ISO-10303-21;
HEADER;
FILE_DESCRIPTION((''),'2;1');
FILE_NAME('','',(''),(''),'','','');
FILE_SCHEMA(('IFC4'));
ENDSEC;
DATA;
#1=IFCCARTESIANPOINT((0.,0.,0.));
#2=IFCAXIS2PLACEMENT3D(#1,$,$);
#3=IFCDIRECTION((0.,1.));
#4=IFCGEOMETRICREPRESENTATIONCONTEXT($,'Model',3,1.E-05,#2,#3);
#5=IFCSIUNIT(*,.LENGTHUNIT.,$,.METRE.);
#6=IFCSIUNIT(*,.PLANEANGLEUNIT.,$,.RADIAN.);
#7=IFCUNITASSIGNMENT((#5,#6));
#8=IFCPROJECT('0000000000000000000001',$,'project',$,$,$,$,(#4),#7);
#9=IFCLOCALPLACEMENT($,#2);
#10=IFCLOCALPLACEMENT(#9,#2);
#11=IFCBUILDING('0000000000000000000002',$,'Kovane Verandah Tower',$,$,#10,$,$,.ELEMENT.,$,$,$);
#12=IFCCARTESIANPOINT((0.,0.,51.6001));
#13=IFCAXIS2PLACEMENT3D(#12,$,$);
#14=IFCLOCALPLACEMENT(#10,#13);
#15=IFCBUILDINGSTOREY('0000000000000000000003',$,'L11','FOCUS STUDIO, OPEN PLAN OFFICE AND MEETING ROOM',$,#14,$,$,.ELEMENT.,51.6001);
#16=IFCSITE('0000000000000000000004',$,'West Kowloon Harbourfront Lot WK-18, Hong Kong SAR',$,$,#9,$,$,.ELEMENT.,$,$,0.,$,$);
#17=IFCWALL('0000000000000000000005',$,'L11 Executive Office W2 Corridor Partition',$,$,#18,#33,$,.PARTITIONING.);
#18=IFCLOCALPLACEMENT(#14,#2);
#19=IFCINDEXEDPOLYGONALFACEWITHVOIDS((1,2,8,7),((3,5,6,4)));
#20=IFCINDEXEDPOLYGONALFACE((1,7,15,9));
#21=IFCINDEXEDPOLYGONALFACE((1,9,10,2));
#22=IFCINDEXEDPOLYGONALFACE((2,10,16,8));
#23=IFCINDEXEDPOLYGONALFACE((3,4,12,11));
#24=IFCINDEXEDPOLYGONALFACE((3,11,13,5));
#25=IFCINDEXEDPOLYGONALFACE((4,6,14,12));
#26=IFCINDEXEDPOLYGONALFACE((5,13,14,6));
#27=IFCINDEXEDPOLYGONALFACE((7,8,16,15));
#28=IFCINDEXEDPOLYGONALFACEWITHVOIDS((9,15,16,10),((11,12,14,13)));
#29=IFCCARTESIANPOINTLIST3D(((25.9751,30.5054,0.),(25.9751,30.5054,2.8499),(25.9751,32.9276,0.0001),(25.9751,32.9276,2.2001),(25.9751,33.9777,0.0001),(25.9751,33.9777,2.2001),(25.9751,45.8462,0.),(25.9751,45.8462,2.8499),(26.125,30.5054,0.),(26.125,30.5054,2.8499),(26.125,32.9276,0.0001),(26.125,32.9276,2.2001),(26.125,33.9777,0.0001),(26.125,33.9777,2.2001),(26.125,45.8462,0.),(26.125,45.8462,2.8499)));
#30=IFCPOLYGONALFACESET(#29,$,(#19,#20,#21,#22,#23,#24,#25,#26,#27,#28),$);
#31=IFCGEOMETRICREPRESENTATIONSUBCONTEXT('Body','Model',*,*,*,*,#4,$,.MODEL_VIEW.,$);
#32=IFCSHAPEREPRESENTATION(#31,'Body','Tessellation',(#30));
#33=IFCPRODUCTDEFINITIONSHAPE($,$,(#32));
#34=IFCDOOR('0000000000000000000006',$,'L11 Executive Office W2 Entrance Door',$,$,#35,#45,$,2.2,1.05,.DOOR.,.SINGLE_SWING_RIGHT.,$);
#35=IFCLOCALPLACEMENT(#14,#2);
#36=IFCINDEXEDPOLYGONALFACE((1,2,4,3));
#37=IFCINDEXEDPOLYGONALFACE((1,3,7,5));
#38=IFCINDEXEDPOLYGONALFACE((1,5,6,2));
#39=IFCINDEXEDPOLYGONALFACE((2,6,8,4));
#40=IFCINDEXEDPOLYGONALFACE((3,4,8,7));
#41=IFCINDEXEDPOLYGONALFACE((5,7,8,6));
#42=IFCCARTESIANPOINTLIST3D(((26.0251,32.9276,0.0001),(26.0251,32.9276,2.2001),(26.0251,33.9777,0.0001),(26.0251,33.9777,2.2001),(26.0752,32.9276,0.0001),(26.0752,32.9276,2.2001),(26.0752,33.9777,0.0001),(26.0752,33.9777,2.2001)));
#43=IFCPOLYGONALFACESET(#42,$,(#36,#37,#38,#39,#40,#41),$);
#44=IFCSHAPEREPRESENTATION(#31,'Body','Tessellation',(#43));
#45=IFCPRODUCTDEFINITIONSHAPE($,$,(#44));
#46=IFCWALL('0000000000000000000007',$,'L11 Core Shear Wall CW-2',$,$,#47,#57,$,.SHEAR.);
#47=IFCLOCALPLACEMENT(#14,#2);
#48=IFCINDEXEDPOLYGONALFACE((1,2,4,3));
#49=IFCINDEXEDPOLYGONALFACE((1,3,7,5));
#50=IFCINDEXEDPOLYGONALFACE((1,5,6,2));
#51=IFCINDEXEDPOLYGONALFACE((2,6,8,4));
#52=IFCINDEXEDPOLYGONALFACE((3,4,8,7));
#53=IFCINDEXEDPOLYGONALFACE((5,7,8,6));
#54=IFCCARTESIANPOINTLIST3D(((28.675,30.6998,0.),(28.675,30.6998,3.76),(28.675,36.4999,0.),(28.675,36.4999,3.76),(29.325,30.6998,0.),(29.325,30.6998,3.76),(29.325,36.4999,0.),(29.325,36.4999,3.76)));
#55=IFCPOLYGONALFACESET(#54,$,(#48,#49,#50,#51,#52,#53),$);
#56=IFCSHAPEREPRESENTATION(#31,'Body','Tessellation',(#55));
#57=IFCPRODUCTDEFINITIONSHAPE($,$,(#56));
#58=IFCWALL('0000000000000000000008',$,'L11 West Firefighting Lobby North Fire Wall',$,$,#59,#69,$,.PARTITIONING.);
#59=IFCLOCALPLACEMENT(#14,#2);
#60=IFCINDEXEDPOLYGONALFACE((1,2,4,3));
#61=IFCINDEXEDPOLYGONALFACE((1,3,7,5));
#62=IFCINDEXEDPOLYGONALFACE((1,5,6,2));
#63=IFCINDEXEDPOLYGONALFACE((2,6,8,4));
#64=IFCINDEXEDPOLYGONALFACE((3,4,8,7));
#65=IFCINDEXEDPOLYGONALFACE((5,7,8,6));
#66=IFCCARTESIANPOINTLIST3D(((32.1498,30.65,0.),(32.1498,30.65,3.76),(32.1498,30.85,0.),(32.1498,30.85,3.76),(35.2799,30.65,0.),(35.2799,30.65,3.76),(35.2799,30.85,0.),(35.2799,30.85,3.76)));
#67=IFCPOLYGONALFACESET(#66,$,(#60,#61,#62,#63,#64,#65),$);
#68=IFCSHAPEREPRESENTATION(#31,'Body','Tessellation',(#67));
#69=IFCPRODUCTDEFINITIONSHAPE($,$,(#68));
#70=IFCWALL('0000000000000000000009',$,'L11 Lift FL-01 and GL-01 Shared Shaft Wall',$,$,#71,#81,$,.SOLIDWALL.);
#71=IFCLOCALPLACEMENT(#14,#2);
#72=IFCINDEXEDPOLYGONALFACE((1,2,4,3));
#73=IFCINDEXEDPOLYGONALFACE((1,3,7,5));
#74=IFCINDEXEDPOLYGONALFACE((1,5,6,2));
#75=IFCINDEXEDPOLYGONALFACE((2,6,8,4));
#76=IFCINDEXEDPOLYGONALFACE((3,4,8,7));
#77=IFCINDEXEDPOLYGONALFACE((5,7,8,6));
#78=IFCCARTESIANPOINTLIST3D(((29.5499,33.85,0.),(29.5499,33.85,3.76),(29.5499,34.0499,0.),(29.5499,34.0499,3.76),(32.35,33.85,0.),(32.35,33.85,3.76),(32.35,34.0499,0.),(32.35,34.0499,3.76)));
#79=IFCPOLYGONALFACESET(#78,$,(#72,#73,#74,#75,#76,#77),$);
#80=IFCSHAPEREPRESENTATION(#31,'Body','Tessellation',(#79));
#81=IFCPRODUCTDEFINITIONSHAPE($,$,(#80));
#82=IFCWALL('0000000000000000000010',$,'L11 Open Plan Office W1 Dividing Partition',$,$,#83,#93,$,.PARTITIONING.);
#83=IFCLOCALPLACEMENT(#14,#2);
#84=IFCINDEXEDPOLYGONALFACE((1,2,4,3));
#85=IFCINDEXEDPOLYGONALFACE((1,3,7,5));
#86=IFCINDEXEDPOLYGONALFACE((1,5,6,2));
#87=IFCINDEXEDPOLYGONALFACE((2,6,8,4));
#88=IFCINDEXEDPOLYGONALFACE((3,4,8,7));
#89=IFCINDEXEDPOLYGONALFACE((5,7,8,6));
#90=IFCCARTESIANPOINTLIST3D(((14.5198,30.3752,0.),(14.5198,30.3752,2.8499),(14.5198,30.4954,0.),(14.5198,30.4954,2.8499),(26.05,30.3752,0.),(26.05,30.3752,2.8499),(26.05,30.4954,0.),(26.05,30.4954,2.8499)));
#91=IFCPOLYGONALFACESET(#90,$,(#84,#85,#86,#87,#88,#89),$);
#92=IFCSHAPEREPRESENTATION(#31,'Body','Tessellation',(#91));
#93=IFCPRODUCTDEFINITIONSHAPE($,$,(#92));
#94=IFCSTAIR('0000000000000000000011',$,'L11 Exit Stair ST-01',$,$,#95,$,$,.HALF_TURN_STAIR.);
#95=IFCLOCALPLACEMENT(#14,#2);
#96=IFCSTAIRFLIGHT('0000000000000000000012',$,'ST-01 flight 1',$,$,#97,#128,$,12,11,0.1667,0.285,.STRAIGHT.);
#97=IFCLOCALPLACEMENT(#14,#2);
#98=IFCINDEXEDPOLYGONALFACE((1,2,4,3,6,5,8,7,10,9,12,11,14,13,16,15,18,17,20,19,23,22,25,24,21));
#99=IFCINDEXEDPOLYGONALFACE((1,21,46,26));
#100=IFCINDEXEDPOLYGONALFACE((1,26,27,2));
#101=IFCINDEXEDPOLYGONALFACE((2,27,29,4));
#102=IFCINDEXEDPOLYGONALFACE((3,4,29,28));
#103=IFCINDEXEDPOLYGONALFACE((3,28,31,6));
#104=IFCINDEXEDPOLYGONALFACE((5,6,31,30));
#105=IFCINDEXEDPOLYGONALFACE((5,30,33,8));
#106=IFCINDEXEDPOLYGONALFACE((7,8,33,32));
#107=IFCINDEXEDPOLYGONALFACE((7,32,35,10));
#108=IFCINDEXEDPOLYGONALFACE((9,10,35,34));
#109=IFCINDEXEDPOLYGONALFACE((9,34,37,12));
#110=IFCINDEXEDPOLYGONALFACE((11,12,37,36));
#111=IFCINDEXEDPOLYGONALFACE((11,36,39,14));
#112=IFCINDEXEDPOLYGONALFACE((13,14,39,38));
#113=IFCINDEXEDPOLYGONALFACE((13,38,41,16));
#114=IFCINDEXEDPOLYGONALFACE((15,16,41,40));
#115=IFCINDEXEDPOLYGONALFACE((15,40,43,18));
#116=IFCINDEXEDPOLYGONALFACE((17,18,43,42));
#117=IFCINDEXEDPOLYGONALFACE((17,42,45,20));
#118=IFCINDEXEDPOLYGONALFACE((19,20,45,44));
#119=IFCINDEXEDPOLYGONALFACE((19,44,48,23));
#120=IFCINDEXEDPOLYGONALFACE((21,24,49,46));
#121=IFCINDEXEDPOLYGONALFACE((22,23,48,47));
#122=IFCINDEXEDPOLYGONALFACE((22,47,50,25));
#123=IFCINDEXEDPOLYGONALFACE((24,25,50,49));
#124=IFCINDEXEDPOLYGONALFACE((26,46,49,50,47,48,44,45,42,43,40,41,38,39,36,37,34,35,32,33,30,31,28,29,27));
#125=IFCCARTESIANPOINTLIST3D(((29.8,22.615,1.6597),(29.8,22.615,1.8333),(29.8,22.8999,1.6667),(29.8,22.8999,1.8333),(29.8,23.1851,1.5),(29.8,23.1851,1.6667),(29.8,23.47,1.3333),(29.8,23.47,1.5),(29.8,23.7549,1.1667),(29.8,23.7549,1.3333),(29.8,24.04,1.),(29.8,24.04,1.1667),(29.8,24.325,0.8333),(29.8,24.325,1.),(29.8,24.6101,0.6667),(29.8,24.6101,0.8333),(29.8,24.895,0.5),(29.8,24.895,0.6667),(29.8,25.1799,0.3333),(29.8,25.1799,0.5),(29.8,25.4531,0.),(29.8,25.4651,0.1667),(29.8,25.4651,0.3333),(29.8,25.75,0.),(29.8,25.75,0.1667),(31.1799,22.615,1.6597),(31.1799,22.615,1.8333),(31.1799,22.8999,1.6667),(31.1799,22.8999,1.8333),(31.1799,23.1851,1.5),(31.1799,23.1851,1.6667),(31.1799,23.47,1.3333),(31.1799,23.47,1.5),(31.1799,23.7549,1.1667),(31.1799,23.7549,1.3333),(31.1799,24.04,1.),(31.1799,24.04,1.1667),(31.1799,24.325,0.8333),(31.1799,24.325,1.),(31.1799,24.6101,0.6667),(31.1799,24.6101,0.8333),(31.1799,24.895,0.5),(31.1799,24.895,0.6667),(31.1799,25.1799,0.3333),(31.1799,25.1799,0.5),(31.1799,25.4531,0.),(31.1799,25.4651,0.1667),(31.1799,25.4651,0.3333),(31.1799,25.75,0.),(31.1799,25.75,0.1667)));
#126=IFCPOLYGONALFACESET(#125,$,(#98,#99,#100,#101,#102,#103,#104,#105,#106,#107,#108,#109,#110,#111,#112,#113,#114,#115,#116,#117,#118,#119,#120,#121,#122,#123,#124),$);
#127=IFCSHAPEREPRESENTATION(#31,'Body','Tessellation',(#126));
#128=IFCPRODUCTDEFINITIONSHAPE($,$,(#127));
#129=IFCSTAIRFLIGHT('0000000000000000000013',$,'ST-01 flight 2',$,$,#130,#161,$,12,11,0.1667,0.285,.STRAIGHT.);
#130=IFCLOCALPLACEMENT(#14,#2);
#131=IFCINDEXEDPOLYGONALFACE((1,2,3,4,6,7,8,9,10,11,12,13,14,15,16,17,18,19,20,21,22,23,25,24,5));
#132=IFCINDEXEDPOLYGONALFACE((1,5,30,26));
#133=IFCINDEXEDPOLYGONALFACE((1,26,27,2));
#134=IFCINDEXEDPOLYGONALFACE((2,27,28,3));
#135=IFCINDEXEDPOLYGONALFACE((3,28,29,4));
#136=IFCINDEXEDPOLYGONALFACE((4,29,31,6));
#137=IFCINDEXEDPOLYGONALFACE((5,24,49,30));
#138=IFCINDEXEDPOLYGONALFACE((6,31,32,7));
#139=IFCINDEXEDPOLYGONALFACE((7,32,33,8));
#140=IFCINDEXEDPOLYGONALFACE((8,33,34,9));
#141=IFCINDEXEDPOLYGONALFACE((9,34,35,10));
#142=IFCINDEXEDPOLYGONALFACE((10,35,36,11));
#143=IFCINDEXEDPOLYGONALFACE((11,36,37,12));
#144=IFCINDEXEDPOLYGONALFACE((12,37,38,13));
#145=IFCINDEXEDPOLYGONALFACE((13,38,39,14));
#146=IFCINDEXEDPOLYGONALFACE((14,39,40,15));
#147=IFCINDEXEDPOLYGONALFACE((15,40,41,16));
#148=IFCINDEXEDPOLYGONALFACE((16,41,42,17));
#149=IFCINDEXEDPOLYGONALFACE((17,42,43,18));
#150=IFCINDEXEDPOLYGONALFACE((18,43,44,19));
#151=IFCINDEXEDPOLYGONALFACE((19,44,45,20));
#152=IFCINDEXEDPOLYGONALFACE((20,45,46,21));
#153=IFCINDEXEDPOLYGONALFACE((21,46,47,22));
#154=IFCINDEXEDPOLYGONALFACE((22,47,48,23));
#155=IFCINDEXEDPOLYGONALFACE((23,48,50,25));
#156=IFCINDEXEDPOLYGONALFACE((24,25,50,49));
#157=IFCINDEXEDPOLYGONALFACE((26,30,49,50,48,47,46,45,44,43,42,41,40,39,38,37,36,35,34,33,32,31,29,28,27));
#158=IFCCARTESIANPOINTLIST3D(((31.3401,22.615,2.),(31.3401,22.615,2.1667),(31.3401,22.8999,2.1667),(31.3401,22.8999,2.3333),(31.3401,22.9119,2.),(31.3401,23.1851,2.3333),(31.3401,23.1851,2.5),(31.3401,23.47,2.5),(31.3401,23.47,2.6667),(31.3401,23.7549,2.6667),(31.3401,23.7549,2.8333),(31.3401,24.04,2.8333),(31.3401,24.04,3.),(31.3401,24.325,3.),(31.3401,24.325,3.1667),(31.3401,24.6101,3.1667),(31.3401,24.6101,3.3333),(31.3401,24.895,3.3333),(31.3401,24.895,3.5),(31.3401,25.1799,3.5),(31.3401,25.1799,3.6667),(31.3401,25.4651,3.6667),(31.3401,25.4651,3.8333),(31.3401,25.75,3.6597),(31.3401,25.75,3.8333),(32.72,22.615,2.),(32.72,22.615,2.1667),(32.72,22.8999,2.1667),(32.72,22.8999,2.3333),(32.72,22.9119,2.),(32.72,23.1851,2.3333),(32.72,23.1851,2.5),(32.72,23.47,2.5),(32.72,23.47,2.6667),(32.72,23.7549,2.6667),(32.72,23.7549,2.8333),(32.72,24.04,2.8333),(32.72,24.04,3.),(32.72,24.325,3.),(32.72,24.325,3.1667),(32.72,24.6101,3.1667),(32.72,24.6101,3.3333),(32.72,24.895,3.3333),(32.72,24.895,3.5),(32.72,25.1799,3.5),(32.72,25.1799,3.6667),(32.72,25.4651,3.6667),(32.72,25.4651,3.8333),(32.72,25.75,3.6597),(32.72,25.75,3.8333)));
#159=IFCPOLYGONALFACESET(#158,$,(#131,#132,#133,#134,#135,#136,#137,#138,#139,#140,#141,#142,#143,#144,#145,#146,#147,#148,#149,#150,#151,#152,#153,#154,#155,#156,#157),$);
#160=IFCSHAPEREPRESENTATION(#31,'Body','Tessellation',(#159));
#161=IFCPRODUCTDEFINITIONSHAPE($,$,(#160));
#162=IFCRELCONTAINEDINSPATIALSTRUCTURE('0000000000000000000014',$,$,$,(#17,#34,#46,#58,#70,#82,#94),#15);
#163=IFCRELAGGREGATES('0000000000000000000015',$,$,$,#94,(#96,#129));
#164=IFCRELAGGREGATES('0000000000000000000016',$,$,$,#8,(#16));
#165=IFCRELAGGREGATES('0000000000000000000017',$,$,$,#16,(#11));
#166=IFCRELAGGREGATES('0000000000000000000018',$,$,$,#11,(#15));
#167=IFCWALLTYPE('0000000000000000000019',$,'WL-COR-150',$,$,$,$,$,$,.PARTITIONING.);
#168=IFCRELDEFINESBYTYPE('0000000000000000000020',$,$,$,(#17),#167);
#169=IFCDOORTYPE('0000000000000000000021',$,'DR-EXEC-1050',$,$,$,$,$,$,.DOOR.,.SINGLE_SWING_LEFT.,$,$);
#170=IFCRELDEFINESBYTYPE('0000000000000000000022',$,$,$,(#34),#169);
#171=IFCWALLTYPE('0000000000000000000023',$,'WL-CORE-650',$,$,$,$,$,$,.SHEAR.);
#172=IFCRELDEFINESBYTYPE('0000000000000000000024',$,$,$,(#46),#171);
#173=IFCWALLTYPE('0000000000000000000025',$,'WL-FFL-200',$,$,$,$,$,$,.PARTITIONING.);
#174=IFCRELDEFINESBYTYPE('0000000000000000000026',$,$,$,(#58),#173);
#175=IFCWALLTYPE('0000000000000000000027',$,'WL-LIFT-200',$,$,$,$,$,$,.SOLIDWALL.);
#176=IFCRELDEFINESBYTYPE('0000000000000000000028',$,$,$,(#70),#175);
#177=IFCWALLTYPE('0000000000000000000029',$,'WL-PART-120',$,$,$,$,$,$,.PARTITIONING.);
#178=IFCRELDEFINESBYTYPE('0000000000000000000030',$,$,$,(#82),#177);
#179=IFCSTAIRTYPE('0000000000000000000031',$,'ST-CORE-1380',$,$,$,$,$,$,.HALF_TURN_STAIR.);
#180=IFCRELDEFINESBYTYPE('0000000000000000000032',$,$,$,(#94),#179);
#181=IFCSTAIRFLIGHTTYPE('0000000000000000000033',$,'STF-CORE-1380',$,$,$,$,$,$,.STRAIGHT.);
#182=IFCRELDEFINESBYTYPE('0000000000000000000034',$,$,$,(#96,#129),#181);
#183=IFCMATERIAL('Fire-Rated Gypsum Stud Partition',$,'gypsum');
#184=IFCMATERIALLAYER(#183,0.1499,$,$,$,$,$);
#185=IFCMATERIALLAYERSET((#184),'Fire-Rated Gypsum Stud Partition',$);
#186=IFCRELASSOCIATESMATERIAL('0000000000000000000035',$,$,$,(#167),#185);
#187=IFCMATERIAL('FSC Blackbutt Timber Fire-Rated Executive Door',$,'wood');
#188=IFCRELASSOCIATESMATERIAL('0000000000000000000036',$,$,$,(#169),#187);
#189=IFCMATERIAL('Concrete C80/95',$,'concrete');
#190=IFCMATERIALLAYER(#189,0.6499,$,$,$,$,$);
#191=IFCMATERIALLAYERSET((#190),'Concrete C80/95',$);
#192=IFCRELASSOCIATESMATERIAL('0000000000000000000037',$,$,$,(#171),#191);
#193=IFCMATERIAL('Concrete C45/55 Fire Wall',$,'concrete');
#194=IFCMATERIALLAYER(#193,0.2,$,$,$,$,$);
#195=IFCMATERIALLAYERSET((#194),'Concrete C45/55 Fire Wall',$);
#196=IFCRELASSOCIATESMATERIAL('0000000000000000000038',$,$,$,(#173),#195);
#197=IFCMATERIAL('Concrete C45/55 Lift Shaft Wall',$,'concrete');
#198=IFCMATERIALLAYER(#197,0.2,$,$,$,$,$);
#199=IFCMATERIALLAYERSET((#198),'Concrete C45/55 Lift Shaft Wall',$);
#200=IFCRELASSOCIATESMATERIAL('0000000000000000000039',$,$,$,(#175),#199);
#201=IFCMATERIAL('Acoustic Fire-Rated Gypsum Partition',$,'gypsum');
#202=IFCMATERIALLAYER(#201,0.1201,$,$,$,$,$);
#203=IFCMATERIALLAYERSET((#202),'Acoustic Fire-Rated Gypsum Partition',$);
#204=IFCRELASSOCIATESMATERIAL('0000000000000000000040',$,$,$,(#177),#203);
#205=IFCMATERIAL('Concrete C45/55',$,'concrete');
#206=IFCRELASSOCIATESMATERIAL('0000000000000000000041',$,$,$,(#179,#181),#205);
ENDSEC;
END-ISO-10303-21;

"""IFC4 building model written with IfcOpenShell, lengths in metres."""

from ifc_helpers import new_model, si_unit, direction, frame, frame_2d, origin, place, context, subcontext, project, spatial, polyline, rectangle, outline, extrude, material, layer, layer_set, type_object, element, fill, aggregate, save


model = new_model("IFC4")

# Units and contexts
model_context = context("Model", 3, precision=1e-05, world=origin(), true_north=direction((0.0, 1.0)))
body_context = subcontext(model_context, "Body", "Model", "MODEL_VIEW")
ifc_project = project(units=[si_unit("LENGTHUNIT", "METRE"), si_unit("PLANEANGLEUNIT", "RADIAN")], contexts=[model_context])

# Site, building, storey
site_placement = place(None, origin())
site = spatial("IfcSite", under=ifc_project, at=site_placement, Name="West Kowloon Harbourfront Lot WK-18, Hong Kong SAR", CompositionType="ELEMENT", RefElevation=0.0)
building_placement = place(site_placement, origin())
building = spatial("IfcBuilding", under=site, at=building_placement, Name="Kovane Verandah Tower", CompositionType="ELEMENT")
storey_placement = place(building_placement, frame((0.0, 0.0, 51.6001)))
storey = spatial("IfcBuildingStorey", under=building, at=storey_placement, Name="L11", Description="FOCUS STUDIO, OPEN PLAN OFFICE AND MEETING ROOM", CompositionType="ELEMENT", Elevation=51.6001)

# Shared definitions
ifc_material_1 = material(Name="Concrete C80/95", Category="concrete")

# Wall, opening, door
ifc_material_2 = material(Name="Fire-Rated Gypsum Stud Partition", Category="gypsum")
ifc_layer_1 = layer(ifc_material_2, 0.1499)
ifc_layer_set_1 = layer_set([ifc_layer_1], Name="Fire-Rated Gypsum Stud Partition")
wall_type_1 = type_object("IfcWallType", Name="WL-COR-150", PredefinedType="PARTITIONING", material=ifc_layer_set_1)
wall_1_placement = place(storey_placement, frame((26.05, 30.5054, 0.0), z_axis=(0.0, 0.0, 1.0), x_axis=(0.0, 1.0, 0.0)))
wall_1 = element("IfcWall", 1, at=wall_1_placement, inside=storey, type_object=wall_type_1, Name="L11 Executive Office W2 Corridor Partition", PredefinedType="PARTITIONING", context=body_context, shape_type="SweptSolid", body=[
    extrude(rectangle(XDim=15.3408, YDim=0.1499, at=frame_2d((7.6704, 0.0))), origin(), (0.0, 0.0, 1.0), 2.8499),
])
opening_1_placement = place(wall_1_placement, frame((2.4224, 0.0, 0.0)))
opening_1 = element("IfcOpeningElement", 2, at=opening_1_placement, cuts=wall_1, PredefinedType="OPENING", context=body_context, shape_type="SweptSolid", body=[
    extrude(rectangle(XDim=1.05, YDim=2.2, at=frame_2d((0.5249, 1.1001))), frame((0.0, 0.075, 0.0), z_axis=(0.0, -1.0, 0.0), x_axis=(1.0, 0.0, 0.0)), (0.0, 0.0, 1.0), 0.1499),
])
ifc_material_3 = material(Name="FSC Blackbutt Timber Fire-Rated Executive Door", Category="wood")
door_type_1 = type_object("IfcDoorType", Name="DR-EXEC-1050", OperationType="SINGLE_SWING_LEFT", PredefinedType="DOOR", material=ifc_material_3)
door_1_placement = place(opening_1_placement, origin())
door_1 = element("IfcDoor", 3, at=door_1_placement, inside=storey, type_object=door_type_1, Name="L11 Executive Office W2 Entrance Door", OperationType="SINGLE_SWING_RIGHT", OverallHeight=2.2, OverallWidth=1.05, PredefinedType="DOOR", context=body_context, shape_type="SweptSolid", body=[
    extrude(rectangle(XDim=1.05, YDim=2.2, at=frame_2d((0.5249, 1.1001))), frame((0.0, 0.0249, 0.0), z_axis=(0.0, -1.0, 0.0), x_axis=(1.0, 0.0, 0.0)), (0.0, 0.0, 1.0), 0.05),
])
fill(opening_1, door_1)

# Wall
ifc_layer_2 = layer(ifc_material_1, 0.6499)
ifc_layer_set_2 = layer_set([ifc_layer_2], Name="Concrete C80/95")
wall_type_2 = type_object("IfcWallType", Name="WL-CORE-650", PredefinedType="SHEAR", material=ifc_layer_set_2)
wall_2_placement = place(storey_placement, frame((29.0, 30.7, 0.0), z_axis=(0.0, 0.0, 1.0), x_axis=(0.0, 1.0, 0.0)))
element("IfcWall", 4, at=wall_2_placement, inside=storey, type_object=wall_type_2, Name="L11 Core Shear Wall CW-2", PredefinedType="SHEAR", context=body_context, shape_type="SweptSolid", body=[
    extrude(rectangle(XDim=5.8, YDim=0.6499, at=frame_2d((2.8999, 0.0))), origin(), (0.0, 0.0, 1.0), 3.76),
])

# Shared definitions
ifc_material_4 = material(Name="Concrete C45/55 Fire Wall", Category="concrete")
ifc_layer_3 = layer(ifc_material_4, 0.2)
ifc_layer_set_3 = layer_set([ifc_layer_3], Name="Concrete C45/55 Fire Wall")
wall_type_3 = type_object("IfcWallType", Name="WL-FFL-200", PredefinedType="PARTITIONING", material=ifc_layer_set_3)

# Wall
wall_3_placement = place(storey_placement, frame((32.1499, 30.75, 0.0), z_axis=(0.0, 0.0, 1.0), x_axis=(1.0, 0.0, 0.0)))
element("IfcWall", 5, at=wall_3_placement, inside=storey, type_object=wall_type_3, Name="L11 West Firefighting Lobby North Fire Wall", PredefinedType="PARTITIONING", context=body_context, shape_type="SweptSolid", body=[
    extrude(rectangle(XDim=3.1301, YDim=0.2, at=frame_2d((1.5649, 0.0))), origin(), (0.0, 0.0, 1.0), 3.76),
])

# Shared definitions
ifc_material_5 = material(Name="Concrete C45/55 Lift Shaft Wall", Category="concrete")
ifc_layer_4 = layer(ifc_material_5, 0.2)
ifc_layer_set_4 = layer_set([ifc_layer_4], Name="Concrete C45/55 Lift Shaft Wall")
wall_type_4 = type_object("IfcWallType", Name="WL-LIFT-200", PredefinedType="SOLIDWALL", material=ifc_layer_set_4)

# Walls
wall_4_placement = place(storey_placement, frame((29.55, 33.95, 0.0), z_axis=(0.0, 0.0, 1.0), x_axis=(1.0, 0.0, 0.0)))
element("IfcWall", 6, at=wall_4_placement, inside=storey, type_object=wall_type_4, Name="L11 Lift FL-01 and GL-01 Shared Shaft Wall", PredefinedType="SOLIDWALL", context=body_context, shape_type="SweptSolid", body=[
    extrude(rectangle(XDim=2.8, YDim=0.2, at=frame_2d((1.3999, 0.0))), origin(), (0.0, 0.0, 1.0), 3.76),
])
ifc_material_6 = material(Name="Acoustic Fire-Rated Gypsum Partition", Category="gypsum")
ifc_layer_5 = layer(ifc_material_6, 0.1201)
ifc_layer_set_5 = layer_set([ifc_layer_5], Name="Acoustic Fire-Rated Gypsum Partition")
wall_type_5 = type_object("IfcWallType", Name="WL-PART-120", PredefinedType="PARTITIONING", material=ifc_layer_set_5)
wall_5_placement = place(storey_placement, frame((14.5198, 30.4353, 0.0), z_axis=(0.0, 0.0, 1.0), x_axis=(1.0, 0.0, 0.0)))
element("IfcWall", 7, at=wall_5_placement, inside=storey, type_object=wall_type_5, Name="L11 Open Plan Office W1 Dividing Partition", PredefinedType="PARTITIONING", context=body_context, shape_type="SweptSolid", body=[
    extrude(rectangle(XDim=11.5303, YDim=0.1201, at=frame_2d((5.7651, 0.0))), origin(), (0.0, 0.0, 1.0), 2.8499),
])

# Shared definitions
ifc_material_7 = material(Name="Concrete C45/55", Category="concrete")

# Stair, stair flights
stair_type = type_object("IfcStairType", Name="ST-CORE-1380", PredefinedType="HALF_TURN_STAIR", material=ifc_material_7)
stair_placement = place(storey_placement, origin())
stair = element("IfcStair", 8, at=stair_placement, inside=storey, type_object=stair_type, Name="L11 Exit Stair ST-01", PredefinedType="HALF_TURN_STAIR")
stair_flight_type = type_object("IfcStairFlightType", Name="STF-CORE-1380", PredefinedType="STRAIGHT", material=ifc_material_7)
stair_flight_1_placement = place(storey_placement, frame((30.49, 25.75, 0.0), z_axis=(0.0, 0.0, 1.0), x_axis=(0.0, -1.0, 0.0)))
stair_flight_1 = element("IfcStairFlight", 9, at=stair_flight_1_placement, type_object=stair_flight_type, Name="ST-01 flight 1", NumberOfRisers=12, NumberOfTreads=11, PredefinedType="STRAIGHT", RiserHeight=0.1667, TreadLength=0.285, context=body_context, shape_type="SweptSolid", body=[
    extrude(outline(polyline([(0.0, 0.0), (0.0, 0.1667), (0.2849, 0.1667), (0.2849, 0.3333), (0.5701, 0.3333), (0.5701, 0.5), (0.855, 0.5), (0.855, 0.6667), (1.1399, 0.6667), (1.1399, 0.8333), (1.425, 0.8333), (1.425, 1.0), (1.71, 1.0), (1.71, 1.1667), (1.9951, 1.1667), (1.9951, 1.3333), (2.28, 1.3333), (2.28, 1.5), (2.5649, 1.5), (2.5649, 1.6667), (2.8501, 1.6667), (2.8501, 1.8333), (3.135, 1.8333), (3.135, 2.0), (3.135, 1.6597), (0.2969, 0.0), (0.0, 0.0)])), frame((0.0, 0.6899, 0.0), z_axis=(0.0, -1.0, 0.0), x_axis=(1.0, 0.0, 0.0)), (0.0, 0.0, 1.0), 1.3799),
])
stair_flight_2_placement = place(storey_placement, frame((32.03, 22.615, 2.0), z_axis=(0.0, 0.0, 1.0), x_axis=(0.0, 1.0, 0.0)))
stair_flight_2 = element("IfcStairFlight", 10, at=stair_flight_2_placement, type_object=stair_flight_type, Name="ST-01 flight 2", NumberOfRisers=12, NumberOfTreads=11, PredefinedType="STRAIGHT", RiserHeight=0.1667, TreadLength=0.285, context=body_context, shape_type="SweptSolid", body=[
    extrude(outline(polyline([(0.0, 0.0), (0.0, 0.1667), (0.2849, 0.1667), (0.2849, 0.3333), (0.5701, 0.3333), (0.5701, 0.5), (0.855, 0.5), (0.855, 0.6667), (1.1399, 0.6667), (1.1399, 0.8333), (1.425, 0.8333), (1.425, 1.0), (1.71, 1.0), (1.71, 1.1667), (1.9951, 1.1667), (1.9951, 1.3333), (2.28, 1.3333), (2.28, 1.5), (2.5649, 1.5), (2.5649, 1.6667), (2.8501, 1.6667), (2.8501, 1.8333), (3.135, 1.8333), (3.135, 2.0), (3.135, 1.6597), (0.2969, 0.0), (0.0, 0.0)])), frame((0.0, 0.6899, 0.0), z_axis=(0.0, -1.0, 0.0), x_axis=(1.0, 0.0, 0.0)), (0.0, 0.0, 1.0), 1.3799),
])
aggregate(stair, [stair_flight_1, stair_flight_2])

save(model, "model.ifc")
